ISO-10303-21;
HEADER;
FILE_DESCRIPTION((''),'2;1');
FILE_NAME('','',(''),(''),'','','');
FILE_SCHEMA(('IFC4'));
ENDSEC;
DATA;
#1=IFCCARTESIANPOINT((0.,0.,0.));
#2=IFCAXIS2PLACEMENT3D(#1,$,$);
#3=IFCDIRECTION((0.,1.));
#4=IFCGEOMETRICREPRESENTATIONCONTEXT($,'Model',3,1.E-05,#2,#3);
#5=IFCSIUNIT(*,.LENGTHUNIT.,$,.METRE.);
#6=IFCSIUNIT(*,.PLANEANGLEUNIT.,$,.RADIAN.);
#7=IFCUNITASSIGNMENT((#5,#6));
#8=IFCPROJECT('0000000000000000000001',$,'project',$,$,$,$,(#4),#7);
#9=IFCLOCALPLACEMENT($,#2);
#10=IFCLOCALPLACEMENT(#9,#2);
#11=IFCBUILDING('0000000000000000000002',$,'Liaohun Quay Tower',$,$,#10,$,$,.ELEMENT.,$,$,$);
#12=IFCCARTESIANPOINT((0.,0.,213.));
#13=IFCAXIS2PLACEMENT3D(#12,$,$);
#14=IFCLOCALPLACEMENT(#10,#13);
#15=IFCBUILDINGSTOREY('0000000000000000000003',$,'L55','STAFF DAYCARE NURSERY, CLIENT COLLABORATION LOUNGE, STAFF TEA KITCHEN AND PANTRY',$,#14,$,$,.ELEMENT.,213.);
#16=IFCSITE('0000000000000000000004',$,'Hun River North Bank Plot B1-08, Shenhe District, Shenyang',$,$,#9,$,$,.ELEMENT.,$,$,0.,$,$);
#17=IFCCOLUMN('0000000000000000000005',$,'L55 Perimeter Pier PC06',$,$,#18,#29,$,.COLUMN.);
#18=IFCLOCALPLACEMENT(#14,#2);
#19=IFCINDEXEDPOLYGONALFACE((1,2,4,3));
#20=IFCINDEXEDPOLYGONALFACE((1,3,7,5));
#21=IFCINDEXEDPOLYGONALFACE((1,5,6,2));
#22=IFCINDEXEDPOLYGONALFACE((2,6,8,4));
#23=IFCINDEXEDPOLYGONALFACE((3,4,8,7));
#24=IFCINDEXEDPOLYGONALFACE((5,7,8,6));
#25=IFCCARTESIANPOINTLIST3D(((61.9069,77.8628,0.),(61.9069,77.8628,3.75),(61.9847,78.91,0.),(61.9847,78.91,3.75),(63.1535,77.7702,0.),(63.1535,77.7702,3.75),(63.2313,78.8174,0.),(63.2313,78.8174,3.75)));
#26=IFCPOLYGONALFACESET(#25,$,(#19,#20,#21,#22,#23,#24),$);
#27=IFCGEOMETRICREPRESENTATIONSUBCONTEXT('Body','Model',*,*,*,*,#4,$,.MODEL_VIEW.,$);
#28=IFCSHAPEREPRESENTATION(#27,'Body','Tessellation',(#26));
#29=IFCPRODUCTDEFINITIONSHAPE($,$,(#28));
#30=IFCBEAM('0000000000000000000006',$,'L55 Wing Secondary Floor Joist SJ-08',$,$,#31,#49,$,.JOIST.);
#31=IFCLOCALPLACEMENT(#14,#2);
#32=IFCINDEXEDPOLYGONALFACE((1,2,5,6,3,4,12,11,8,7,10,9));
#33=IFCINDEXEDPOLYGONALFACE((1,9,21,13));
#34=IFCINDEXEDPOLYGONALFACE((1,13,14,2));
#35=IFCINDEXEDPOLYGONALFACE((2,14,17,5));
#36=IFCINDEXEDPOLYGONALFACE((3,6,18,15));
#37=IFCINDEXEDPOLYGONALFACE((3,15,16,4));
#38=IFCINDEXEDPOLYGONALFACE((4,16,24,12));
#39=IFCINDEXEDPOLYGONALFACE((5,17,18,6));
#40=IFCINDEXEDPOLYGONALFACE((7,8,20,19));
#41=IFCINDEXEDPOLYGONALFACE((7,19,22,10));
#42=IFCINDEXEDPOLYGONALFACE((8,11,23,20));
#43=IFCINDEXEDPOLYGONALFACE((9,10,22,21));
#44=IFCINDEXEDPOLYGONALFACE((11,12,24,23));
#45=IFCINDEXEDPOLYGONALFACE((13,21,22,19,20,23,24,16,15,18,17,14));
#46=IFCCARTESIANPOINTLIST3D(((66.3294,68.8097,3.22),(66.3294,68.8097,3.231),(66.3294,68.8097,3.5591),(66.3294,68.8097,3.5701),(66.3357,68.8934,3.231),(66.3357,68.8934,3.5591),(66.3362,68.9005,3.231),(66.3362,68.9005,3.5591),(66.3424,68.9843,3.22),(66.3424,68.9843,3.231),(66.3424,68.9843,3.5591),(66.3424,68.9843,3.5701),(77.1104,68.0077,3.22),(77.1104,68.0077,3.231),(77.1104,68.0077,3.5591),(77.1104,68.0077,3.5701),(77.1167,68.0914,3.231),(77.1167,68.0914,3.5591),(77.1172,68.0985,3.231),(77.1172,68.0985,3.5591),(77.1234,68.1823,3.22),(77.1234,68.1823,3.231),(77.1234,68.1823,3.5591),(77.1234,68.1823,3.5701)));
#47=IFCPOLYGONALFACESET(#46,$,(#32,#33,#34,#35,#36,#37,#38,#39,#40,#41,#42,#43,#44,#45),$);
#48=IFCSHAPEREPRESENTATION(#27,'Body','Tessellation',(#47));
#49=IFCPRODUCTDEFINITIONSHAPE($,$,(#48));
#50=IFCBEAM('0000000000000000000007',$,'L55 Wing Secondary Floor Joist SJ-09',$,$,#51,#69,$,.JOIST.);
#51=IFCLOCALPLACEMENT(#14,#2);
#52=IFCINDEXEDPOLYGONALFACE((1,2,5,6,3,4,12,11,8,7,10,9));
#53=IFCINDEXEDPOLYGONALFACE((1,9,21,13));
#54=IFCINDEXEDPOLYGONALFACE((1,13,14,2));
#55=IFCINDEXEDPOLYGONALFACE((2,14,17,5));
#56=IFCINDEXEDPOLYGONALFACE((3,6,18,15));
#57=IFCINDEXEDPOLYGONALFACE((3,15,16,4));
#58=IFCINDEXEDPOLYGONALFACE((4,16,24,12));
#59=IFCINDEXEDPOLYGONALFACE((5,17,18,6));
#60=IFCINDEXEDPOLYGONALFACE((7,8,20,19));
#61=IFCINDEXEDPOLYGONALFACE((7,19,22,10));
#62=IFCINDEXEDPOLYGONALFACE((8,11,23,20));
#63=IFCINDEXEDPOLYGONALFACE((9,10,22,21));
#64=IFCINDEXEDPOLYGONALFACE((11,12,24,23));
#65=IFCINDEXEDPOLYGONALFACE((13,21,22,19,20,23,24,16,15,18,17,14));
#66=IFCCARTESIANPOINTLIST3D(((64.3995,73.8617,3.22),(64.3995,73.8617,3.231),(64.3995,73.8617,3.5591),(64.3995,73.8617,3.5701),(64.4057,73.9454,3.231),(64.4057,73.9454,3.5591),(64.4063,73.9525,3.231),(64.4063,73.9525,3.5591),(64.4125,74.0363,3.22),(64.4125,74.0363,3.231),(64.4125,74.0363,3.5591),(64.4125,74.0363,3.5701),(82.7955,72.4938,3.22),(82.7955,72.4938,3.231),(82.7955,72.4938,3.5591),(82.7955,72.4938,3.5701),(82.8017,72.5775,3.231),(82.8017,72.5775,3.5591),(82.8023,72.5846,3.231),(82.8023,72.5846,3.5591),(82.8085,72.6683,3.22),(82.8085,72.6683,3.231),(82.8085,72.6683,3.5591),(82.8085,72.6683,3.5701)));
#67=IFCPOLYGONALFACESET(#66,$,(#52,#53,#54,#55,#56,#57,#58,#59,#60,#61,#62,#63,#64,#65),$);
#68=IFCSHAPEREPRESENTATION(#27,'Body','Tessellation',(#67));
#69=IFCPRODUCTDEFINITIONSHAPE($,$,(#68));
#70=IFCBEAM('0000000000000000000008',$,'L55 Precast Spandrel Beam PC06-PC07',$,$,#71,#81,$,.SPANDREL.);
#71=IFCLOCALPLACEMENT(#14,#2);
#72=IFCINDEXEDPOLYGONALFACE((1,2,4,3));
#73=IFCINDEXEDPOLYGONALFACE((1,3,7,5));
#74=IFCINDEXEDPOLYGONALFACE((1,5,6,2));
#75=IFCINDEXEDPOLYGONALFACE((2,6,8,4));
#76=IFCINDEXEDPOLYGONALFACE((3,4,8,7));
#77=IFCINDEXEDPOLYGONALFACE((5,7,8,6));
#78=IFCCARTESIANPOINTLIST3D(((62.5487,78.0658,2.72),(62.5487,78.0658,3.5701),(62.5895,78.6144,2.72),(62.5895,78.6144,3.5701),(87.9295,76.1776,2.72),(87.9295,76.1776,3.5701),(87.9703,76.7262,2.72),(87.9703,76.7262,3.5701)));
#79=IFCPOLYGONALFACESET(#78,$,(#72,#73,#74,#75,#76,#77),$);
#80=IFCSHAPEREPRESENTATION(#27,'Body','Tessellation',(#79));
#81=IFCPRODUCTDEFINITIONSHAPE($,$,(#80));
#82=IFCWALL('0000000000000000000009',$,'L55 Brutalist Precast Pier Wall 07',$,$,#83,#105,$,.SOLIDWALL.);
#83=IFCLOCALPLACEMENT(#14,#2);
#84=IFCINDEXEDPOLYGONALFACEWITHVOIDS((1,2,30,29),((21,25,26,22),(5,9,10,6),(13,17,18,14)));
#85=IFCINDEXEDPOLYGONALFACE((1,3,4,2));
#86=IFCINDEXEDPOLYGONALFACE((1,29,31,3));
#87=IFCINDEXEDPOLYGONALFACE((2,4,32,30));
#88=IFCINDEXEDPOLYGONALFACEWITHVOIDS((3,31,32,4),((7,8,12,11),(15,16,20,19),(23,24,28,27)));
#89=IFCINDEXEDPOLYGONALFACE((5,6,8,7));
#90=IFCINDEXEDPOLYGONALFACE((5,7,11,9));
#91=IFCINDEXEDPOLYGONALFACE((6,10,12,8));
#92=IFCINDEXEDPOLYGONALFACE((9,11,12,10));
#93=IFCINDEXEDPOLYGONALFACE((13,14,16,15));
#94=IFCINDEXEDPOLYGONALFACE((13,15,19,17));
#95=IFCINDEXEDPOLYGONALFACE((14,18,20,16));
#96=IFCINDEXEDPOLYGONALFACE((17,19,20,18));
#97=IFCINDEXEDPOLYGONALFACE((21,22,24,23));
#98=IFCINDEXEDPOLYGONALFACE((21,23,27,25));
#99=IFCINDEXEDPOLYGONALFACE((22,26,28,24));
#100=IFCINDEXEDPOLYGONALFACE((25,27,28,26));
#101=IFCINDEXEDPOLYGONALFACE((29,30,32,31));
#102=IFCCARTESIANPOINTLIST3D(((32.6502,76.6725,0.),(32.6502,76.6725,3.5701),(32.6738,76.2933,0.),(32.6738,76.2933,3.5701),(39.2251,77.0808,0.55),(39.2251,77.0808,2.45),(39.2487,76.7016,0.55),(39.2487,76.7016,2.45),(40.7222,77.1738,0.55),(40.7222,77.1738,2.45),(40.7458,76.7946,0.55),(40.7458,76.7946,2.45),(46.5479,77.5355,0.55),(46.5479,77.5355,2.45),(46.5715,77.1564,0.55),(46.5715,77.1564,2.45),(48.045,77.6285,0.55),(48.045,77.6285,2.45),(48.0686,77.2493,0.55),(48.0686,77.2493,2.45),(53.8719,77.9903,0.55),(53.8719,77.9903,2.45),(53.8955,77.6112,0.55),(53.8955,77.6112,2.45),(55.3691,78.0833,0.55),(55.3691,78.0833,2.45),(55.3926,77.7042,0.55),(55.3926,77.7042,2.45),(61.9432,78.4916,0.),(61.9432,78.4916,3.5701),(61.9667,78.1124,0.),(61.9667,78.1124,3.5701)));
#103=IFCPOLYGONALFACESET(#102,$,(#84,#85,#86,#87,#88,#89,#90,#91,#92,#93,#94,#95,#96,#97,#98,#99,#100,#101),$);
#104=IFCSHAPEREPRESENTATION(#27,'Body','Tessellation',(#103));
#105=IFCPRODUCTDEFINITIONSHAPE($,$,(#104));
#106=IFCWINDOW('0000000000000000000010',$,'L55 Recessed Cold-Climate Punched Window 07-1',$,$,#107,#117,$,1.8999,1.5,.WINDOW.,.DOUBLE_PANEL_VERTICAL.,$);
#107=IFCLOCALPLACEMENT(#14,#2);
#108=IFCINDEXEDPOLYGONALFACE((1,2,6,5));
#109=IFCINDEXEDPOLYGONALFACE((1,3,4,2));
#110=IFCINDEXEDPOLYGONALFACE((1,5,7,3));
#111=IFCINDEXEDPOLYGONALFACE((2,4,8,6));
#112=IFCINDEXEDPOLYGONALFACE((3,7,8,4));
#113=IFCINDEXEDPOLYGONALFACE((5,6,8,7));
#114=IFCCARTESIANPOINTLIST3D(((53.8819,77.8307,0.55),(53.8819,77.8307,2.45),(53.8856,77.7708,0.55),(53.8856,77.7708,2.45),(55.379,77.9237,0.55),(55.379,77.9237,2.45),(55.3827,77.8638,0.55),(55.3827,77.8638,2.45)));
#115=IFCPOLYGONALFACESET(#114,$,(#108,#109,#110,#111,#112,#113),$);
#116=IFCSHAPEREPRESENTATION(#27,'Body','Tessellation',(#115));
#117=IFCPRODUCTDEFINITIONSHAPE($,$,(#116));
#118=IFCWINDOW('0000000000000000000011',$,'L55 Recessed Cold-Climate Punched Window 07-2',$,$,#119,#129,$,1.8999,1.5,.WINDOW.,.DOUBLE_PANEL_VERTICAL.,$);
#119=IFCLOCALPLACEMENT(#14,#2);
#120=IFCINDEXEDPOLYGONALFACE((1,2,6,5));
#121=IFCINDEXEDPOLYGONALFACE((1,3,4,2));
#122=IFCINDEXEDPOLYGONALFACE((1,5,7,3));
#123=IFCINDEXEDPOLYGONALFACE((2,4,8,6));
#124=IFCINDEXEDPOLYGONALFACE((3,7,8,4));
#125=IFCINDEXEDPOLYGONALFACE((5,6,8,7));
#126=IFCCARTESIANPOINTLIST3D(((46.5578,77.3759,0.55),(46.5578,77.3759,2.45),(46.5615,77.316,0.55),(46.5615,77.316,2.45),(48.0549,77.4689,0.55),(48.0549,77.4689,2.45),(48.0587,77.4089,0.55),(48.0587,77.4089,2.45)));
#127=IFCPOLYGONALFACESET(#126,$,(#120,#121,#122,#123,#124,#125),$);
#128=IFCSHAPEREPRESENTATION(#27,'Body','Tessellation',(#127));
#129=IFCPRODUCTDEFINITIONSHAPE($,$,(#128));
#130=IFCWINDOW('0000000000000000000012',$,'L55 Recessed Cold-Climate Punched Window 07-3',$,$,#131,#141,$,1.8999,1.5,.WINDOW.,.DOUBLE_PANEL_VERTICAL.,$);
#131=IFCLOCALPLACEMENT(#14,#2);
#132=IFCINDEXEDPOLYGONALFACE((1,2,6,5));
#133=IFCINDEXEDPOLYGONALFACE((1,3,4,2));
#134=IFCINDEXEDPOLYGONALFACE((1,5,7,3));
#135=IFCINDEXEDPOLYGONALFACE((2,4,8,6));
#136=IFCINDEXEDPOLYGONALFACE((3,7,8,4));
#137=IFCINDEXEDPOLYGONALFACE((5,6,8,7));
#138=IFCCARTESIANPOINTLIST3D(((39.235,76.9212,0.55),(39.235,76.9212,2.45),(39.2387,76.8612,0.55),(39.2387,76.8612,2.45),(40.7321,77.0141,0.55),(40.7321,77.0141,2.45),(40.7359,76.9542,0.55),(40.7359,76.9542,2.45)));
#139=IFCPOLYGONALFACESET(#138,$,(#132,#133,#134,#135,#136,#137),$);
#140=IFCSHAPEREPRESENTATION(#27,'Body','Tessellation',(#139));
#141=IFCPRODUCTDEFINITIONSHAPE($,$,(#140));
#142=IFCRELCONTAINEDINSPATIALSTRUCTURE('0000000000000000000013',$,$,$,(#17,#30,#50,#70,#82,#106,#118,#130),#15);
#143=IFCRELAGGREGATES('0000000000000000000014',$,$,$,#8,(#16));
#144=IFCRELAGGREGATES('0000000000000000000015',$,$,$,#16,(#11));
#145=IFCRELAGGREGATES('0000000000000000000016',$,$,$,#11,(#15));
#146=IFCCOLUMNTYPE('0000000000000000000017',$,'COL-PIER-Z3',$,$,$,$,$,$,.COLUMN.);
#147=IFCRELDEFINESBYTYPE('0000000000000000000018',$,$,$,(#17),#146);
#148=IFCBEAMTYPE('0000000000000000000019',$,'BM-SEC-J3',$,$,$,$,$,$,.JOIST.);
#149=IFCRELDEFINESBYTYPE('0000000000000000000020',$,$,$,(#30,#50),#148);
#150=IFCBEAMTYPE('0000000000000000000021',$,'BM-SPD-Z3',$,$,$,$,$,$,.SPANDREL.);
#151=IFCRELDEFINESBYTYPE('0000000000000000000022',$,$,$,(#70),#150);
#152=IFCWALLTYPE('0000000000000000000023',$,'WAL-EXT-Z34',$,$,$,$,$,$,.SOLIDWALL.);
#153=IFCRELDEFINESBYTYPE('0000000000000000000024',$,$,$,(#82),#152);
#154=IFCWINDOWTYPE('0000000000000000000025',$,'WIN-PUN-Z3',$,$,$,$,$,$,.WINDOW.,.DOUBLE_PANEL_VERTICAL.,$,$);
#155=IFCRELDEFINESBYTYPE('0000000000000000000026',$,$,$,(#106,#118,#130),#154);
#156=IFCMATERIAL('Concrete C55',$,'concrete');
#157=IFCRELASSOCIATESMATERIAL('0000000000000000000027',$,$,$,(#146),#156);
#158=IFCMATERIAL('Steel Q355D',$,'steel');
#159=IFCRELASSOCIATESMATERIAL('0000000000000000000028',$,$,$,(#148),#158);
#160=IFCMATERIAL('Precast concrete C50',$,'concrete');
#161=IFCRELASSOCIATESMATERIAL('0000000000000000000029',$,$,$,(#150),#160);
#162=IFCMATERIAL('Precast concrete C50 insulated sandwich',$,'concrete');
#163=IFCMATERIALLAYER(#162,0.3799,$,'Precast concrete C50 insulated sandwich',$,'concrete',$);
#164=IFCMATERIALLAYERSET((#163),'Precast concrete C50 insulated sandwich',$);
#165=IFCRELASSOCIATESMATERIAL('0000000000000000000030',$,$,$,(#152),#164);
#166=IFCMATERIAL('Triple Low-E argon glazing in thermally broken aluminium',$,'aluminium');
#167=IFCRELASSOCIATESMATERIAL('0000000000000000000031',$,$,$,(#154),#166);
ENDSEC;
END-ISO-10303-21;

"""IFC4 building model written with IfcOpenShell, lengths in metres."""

from ifc_helpers import new_model, si_unit, direction, frame, frame_2d, origin, origin_2d, place, context, subcontext, project, spatial, rectangle, i_section, extrude, source, transform, mapped, material, layer, layer_set, material_profile, profile_set, type_object, element, fill, save


model = new_model("IFC4")

# Units and contexts
model_context = context("Model", 3, precision=1e-05, world=origin(), true_north=direction((0.0, 1.0)))
body_context = subcontext(model_context, "Body", "Model", "MODEL_VIEW")
ifc_project = project(units=[si_unit("LENGTHUNIT", "METRE"), si_unit("PLANEANGLEUNIT", "RADIAN")], contexts=[model_context])

# Site, building, storey
site_placement = place(None, origin())
site = spatial("IfcSite", under=ifc_project, at=site_placement, Name="Hun River North Bank Plot B1-08, Shenhe District, Shenyang", CompositionType="ELEMENT", RefElevation=0.0)
building_placement = place(site_placement, origin())
building = spatial("IfcBuilding", under=site, at=building_placement, Name="Liaohun Quay Tower", CompositionType="ELEMENT")
storey_placement = place(building_placement, frame((0.0, 0.0, 213.0)))
storey = spatial("IfcBuildingStorey", under=building, at=storey_placement, Name="L55", Description="STAFF DAYCARE NURSERY, CLIENT COLLABORATION LOUNGE, STAFF TEA KITCHEN AND PANTRY", CompositionType="ELEMENT", Elevation=213.0)

# Column
ifc_material_1 = material(Name="Concrete C55", Category="concrete")
ifc_material_profile_1 = material_profile(ifc_material_1, rectangle(XDim=1.25, YDim=1.05, at=origin_2d()), Name="RC1250x1050")
ifc_profile_set_1 = profile_set([ifc_material_profile_1], Name="Concrete C55")
column_type = type_object("IfcColumnType", Name="COL-PIER-Z3", PredefinedType="COLUMN", material=ifc_profile_set_1)
shared_shape_1 = source(origin(), body_context, "Body", "SweptSolid", [
    extrude(rectangle(XDim=1.25, YDim=1.05, at=origin_2d()), origin(), (0.0, 0.0, 1.0), 3.75),
])
column_placement = place(storey_placement, frame((62.5691, 78.3401, 0.0), z_axis=(0.0, 0.0, 1.0), x_axis=(-0.99725, 0.074108, 0.0)))
element("IfcColumn", 1, at=column_placement, inside=storey, type_object=column_type, Name="L55 Perimeter Pier PC06", PredefinedType="COLUMN", context=body_context, shape_type="MappedRepresentation", body=[
    mapped(shared_shape_1, transform((0.0, 0.0, 0.0), x_axis=(1.0, 0.0, 0.0), y_axis=(0.0, 1.0, 0.0), z_axis=(0.0, 0.0, 1.0), scale=1.0)),
])

# Beams
ifc_material_2 = material(Name="Steel Q355D", Category="steel")
ifc_material_profile_2 = material_profile(ifc_material_2, i_section(OverallWidth=0.175, OverallDepth=0.3501, WebThickness=0.0071, FlangeThickness=0.011, at=origin_2d()), Name="HN350x175x7x11")
ifc_profile_set_2 = profile_set([ifc_material_profile_2], Name="Steel Q355D")
beam_type_1 = type_object("IfcBeamType", Name="BM-SEC-J3", PredefinedType="JOIST", material=ifc_profile_set_2)
shared_shape_2 = source(origin(), body_context, "Body", "SweptSolid", [
    extrude(i_section(OverallWidth=0.175, OverallDepth=0.3501, WebThickness=0.0071, FlangeThickness=0.011, at=origin_2d()), origin(), (0.0, 0.0, 1.0), 10.8108),
])
beam_1_placement = place(storey_placement, frame((66.3359, 68.897, 3.395), z_axis=(0.997244, -0.074185, 0.0), x_axis=(0.074185, 0.997244, 0.0)))
element("IfcBeam", 2, at=beam_1_placement, inside=storey, type_object=beam_type_1, Name="L55 Wing Secondary Floor Joist SJ-08", PredefinedType="JOIST", context=body_context, shape_type="MappedRepresentation", body=[
    mapped(shared_shape_2, transform((0.0, 0.0, 0.0), x_axis=(1.0, 0.0, 0.0), y_axis=(0.0, 1.0, 0.0), z_axis=(0.0, 0.0, 1.0), scale=1.0)),
])
shared_shape_3 = source(origin(), body_context, "Body", "SweptSolid", [
    extrude(i_section(OverallWidth=0.175, OverallDepth=0.3501, WebThickness=0.0071, FlangeThickness=0.011, at=origin_2d()), origin(), (0.0, 0.0, 1.0), 18.4468),
])
beam_2_placement = place(storey_placement, frame((64.406, 73.949, 3.395), z_axis=(0.997247, -0.074155, 0.0), x_axis=(0.074155, 0.997247, 0.0)))
element("IfcBeam", 3, at=beam_2_placement, inside=storey, type_object=beam_type_1, Name="L55 Wing Secondary Floor Joist SJ-09", PredefinedType="JOIST", context=body_context, shape_type="MappedRepresentation", body=[
    mapped(shared_shape_3, transform((0.0, 0.0, 0.0), x_axis=(1.0, 0.0, 0.0), y_axis=(0.0, 1.0, 0.0), z_axis=(0.0, 0.0, 1.0), scale=1.0)),
])
ifc_material_3 = material(Name="Precast concrete C50", Category="concrete")
ifc_material_profile_3 = material_profile(ifc_material_3, rectangle(XDim=0.55, YDim=0.8501, at=origin_2d()), Name="RC550x850")
ifc_profile_set_3 = profile_set([ifc_material_profile_3], Name="Precast concrete C50")
beam_type_2 = type_object("IfcBeamType", Name="BM-SPD-Z3", PredefinedType="SPANDREL", material=ifc_profile_set_3)
shared_shape_4 = source(origin(), body_context, "Body", "SweptSolid", [
    extrude(rectangle(XDim=0.55, YDim=0.8501, at=origin_2d()), origin(), (0.0, 0.0, 1.0), 25.4509),
])
beam_3_placement = place(storey_placement, frame((62.5691, 78.3401, 3.145), z_axis=(0.997244, -0.074189, 0.0), x_axis=(0.074189, 0.997244, 0.0)))
element("IfcBeam", 4, at=beam_3_placement, inside=storey, type_object=beam_type_2, Name="L55 Precast Spandrel Beam PC06-PC07", PredefinedType="SPANDREL", context=body_context, shape_type="MappedRepresentation", body=[
    mapped(shared_shape_4, transform((0.0, 0.0, 0.0), x_axis=(1.0, 0.0, 0.0), y_axis=(0.0, 1.0, 0.0), z_axis=(0.0, 0.0, 1.0), scale=1.0)),
])

# Wall, openings, windows
ifc_material_4 = material(Name="Precast concrete C50 insulated sandwich", Category="concrete")
ifc_layer_1 = layer(ifc_material_4, 0.3799, Name="Precast concrete C50 insulated sandwich", Category="concrete")
ifc_layer_set_1 = layer_set([ifc_layer_1], Name="Precast concrete C50 insulated sandwich")
wall_type_1 = type_object("IfcWallType", Name="WAL-EXT-Z34", PredefinedType="SOLIDWALL", material=ifc_layer_set_1)
wall_1_placement = place(storey_placement, frame((61.9551, 78.302, 0.0), z_axis=(0.0, 0.0, 1.0), x_axis=(-0.998077, -0.061981, 0.0)))
wall_1 = element("IfcWall", 5, at=wall_1_placement, inside=storey, type_object=wall_type_1, Name="L55 Brutalist Precast Pier Wall 07", PredefinedType="SOLIDWALL", context=body_context, shape_type="SweptSolid", body=[
    extrude(rectangle(XDim=29.3494, YDim=0.3799, at=frame_2d((14.6748, 0.0))), origin(), (0.0, 0.0, 1.0), 3.5701),
])
shared_shape_5 = source(origin(), body_context, "Body", "SweptSolid", [
    extrude(rectangle(XDim=1.5, YDim=1.8999, at=frame_2d((0.75, 0.95))), frame((0.0, 0.2, 0.0), z_axis=(0.0, -1.0, 0.0), x_axis=(1.0, 0.0, 0.0)), (0.0, 0.0, 1.0), 0.3999),
])
opening_1_placement = place(wall_1_placement, frame((6.5869, 0.0, 0.55)))
opening_1 = element("IfcOpeningElement", 6, at=opening_1_placement, cuts=wall_1, PredefinedType="OPENING", context=body_context, shape_type="MappedRepresentation", body=[
    mapped(shared_shape_5, transform((0.0, 0.0, 0.0), x_axis=(1.0, 0.0, 0.0), y_axis=(0.0, 1.0, 0.0), z_axis=(0.0, 0.0, 1.0), scale=1.0)),
])
opening_2_placement = place(wall_1_placement, frame((13.925, 0.0, 0.55)))
opening_2 = element("IfcOpeningElement", 7, at=opening_2_placement, cuts=wall_1, PredefinedType="OPENING", context=body_context, shape_type="MappedRepresentation", body=[
    mapped(shared_shape_5, transform((0.0, 0.0, 0.0), x_axis=(1.0, 0.0, 0.0), y_axis=(0.0, 1.0, 0.0), z_axis=(0.0, 0.0, 1.0), scale=1.0)),
])
opening_3_placement = place(wall_1_placement, frame((21.262, 0.0, 0.55)))
opening_3 = element("IfcOpeningElement", 8, at=opening_3_placement, cuts=wall_1, PredefinedType="OPENING", context=body_context, shape_type="MappedRepresentation", body=[
    mapped(shared_shape_5, transform((0.0, 0.0, 0.0), x_axis=(1.0, 0.0, 0.0), y_axis=(0.0, 1.0, 0.0), z_axis=(0.0, 0.0, 1.0), scale=1.0)),
])
ifc_material_5 = material(Name="Triple Low-E argon glazing in thermally broken aluminium", Category="aluminium")
window_type = type_object("IfcWindowType", Name="WIN-PUN-Z3", PartitioningType="DOUBLE_PANEL_VERTICAL", PredefinedType="WINDOW", material=ifc_material_5)
shared_shape_6 = source(origin(), body_context, "Body", "SweptSolid", [
    extrude(rectangle(XDim=1.5, YDim=1.8999, at=frame_2d((0.75, 0.95))), frame((0.0, 0.03, 0.0), z_axis=(0.0, -1.0, 0.0), x_axis=(1.0, 0.0, 0.0)), (0.0, 0.0, 1.0), 0.0601),
])
window_1_placement = place(opening_1_placement, origin())
window_1 = element("IfcWindow", 9, at=window_1_placement, inside=storey, type_object=window_type, Name="L55 Recessed Cold-Climate Punched Window 07-1", OverallHeight=1.8999, OverallWidth=1.5, PartitioningType="DOUBLE_PANEL_VERTICAL", PredefinedType="WINDOW", context=body_context, shape_type="MappedRepresentation", body=[
    mapped(shared_shape_6, transform((0.0, 0.0, 0.0), x_axis=(1.0, 0.0, 0.0), y_axis=(0.0, 1.0, 0.0), z_axis=(0.0, 0.0, 1.0), scale=1.0)),
])
fill(opening_1, window_1)
window_2_placement = place(opening_2_placement, origin())
window_2 = element("IfcWindow", 10, at=window_2_placement, inside=storey, type_object=window_type, Name="L55 Recessed Cold-Climate Punched Window 07-2", OverallHeight=1.8999, OverallWidth=1.5, PartitioningType="DOUBLE_PANEL_VERTICAL", PredefinedType="WINDOW", context=body_context, shape_type="MappedRepresentation", body=[
    mapped(shared_shape_6, transform((0.0, 0.0, 0.0), x_axis=(1.0, 0.0, 0.0), y_axis=(0.0, 1.0, 0.0), z_axis=(0.0, 0.0, 1.0), scale=1.0)),
])
fill(opening_2, window_2)
window_3_placement = place(opening_3_placement, origin())
window_3 = element("IfcWindow", 11, at=window_3_placement, inside=storey, type_object=window_type, Name="L55 Recessed Cold-Climate Punched Window 07-3", OverallHeight=1.8999, OverallWidth=1.5, PartitioningType="DOUBLE_PANEL_VERTICAL", PredefinedType="WINDOW", context=body_context, shape_type="MappedRepresentation", body=[
    mapped(shared_shape_6, transform((0.0, 0.0, 0.0), x_axis=(1.0, 0.0, 0.0), y_axis=(0.0, 1.0, 0.0), z_axis=(0.0, 0.0, 1.0), scale=1.0)),
])
fill(opening_3, window_3)

save(model, "model.ifc")
